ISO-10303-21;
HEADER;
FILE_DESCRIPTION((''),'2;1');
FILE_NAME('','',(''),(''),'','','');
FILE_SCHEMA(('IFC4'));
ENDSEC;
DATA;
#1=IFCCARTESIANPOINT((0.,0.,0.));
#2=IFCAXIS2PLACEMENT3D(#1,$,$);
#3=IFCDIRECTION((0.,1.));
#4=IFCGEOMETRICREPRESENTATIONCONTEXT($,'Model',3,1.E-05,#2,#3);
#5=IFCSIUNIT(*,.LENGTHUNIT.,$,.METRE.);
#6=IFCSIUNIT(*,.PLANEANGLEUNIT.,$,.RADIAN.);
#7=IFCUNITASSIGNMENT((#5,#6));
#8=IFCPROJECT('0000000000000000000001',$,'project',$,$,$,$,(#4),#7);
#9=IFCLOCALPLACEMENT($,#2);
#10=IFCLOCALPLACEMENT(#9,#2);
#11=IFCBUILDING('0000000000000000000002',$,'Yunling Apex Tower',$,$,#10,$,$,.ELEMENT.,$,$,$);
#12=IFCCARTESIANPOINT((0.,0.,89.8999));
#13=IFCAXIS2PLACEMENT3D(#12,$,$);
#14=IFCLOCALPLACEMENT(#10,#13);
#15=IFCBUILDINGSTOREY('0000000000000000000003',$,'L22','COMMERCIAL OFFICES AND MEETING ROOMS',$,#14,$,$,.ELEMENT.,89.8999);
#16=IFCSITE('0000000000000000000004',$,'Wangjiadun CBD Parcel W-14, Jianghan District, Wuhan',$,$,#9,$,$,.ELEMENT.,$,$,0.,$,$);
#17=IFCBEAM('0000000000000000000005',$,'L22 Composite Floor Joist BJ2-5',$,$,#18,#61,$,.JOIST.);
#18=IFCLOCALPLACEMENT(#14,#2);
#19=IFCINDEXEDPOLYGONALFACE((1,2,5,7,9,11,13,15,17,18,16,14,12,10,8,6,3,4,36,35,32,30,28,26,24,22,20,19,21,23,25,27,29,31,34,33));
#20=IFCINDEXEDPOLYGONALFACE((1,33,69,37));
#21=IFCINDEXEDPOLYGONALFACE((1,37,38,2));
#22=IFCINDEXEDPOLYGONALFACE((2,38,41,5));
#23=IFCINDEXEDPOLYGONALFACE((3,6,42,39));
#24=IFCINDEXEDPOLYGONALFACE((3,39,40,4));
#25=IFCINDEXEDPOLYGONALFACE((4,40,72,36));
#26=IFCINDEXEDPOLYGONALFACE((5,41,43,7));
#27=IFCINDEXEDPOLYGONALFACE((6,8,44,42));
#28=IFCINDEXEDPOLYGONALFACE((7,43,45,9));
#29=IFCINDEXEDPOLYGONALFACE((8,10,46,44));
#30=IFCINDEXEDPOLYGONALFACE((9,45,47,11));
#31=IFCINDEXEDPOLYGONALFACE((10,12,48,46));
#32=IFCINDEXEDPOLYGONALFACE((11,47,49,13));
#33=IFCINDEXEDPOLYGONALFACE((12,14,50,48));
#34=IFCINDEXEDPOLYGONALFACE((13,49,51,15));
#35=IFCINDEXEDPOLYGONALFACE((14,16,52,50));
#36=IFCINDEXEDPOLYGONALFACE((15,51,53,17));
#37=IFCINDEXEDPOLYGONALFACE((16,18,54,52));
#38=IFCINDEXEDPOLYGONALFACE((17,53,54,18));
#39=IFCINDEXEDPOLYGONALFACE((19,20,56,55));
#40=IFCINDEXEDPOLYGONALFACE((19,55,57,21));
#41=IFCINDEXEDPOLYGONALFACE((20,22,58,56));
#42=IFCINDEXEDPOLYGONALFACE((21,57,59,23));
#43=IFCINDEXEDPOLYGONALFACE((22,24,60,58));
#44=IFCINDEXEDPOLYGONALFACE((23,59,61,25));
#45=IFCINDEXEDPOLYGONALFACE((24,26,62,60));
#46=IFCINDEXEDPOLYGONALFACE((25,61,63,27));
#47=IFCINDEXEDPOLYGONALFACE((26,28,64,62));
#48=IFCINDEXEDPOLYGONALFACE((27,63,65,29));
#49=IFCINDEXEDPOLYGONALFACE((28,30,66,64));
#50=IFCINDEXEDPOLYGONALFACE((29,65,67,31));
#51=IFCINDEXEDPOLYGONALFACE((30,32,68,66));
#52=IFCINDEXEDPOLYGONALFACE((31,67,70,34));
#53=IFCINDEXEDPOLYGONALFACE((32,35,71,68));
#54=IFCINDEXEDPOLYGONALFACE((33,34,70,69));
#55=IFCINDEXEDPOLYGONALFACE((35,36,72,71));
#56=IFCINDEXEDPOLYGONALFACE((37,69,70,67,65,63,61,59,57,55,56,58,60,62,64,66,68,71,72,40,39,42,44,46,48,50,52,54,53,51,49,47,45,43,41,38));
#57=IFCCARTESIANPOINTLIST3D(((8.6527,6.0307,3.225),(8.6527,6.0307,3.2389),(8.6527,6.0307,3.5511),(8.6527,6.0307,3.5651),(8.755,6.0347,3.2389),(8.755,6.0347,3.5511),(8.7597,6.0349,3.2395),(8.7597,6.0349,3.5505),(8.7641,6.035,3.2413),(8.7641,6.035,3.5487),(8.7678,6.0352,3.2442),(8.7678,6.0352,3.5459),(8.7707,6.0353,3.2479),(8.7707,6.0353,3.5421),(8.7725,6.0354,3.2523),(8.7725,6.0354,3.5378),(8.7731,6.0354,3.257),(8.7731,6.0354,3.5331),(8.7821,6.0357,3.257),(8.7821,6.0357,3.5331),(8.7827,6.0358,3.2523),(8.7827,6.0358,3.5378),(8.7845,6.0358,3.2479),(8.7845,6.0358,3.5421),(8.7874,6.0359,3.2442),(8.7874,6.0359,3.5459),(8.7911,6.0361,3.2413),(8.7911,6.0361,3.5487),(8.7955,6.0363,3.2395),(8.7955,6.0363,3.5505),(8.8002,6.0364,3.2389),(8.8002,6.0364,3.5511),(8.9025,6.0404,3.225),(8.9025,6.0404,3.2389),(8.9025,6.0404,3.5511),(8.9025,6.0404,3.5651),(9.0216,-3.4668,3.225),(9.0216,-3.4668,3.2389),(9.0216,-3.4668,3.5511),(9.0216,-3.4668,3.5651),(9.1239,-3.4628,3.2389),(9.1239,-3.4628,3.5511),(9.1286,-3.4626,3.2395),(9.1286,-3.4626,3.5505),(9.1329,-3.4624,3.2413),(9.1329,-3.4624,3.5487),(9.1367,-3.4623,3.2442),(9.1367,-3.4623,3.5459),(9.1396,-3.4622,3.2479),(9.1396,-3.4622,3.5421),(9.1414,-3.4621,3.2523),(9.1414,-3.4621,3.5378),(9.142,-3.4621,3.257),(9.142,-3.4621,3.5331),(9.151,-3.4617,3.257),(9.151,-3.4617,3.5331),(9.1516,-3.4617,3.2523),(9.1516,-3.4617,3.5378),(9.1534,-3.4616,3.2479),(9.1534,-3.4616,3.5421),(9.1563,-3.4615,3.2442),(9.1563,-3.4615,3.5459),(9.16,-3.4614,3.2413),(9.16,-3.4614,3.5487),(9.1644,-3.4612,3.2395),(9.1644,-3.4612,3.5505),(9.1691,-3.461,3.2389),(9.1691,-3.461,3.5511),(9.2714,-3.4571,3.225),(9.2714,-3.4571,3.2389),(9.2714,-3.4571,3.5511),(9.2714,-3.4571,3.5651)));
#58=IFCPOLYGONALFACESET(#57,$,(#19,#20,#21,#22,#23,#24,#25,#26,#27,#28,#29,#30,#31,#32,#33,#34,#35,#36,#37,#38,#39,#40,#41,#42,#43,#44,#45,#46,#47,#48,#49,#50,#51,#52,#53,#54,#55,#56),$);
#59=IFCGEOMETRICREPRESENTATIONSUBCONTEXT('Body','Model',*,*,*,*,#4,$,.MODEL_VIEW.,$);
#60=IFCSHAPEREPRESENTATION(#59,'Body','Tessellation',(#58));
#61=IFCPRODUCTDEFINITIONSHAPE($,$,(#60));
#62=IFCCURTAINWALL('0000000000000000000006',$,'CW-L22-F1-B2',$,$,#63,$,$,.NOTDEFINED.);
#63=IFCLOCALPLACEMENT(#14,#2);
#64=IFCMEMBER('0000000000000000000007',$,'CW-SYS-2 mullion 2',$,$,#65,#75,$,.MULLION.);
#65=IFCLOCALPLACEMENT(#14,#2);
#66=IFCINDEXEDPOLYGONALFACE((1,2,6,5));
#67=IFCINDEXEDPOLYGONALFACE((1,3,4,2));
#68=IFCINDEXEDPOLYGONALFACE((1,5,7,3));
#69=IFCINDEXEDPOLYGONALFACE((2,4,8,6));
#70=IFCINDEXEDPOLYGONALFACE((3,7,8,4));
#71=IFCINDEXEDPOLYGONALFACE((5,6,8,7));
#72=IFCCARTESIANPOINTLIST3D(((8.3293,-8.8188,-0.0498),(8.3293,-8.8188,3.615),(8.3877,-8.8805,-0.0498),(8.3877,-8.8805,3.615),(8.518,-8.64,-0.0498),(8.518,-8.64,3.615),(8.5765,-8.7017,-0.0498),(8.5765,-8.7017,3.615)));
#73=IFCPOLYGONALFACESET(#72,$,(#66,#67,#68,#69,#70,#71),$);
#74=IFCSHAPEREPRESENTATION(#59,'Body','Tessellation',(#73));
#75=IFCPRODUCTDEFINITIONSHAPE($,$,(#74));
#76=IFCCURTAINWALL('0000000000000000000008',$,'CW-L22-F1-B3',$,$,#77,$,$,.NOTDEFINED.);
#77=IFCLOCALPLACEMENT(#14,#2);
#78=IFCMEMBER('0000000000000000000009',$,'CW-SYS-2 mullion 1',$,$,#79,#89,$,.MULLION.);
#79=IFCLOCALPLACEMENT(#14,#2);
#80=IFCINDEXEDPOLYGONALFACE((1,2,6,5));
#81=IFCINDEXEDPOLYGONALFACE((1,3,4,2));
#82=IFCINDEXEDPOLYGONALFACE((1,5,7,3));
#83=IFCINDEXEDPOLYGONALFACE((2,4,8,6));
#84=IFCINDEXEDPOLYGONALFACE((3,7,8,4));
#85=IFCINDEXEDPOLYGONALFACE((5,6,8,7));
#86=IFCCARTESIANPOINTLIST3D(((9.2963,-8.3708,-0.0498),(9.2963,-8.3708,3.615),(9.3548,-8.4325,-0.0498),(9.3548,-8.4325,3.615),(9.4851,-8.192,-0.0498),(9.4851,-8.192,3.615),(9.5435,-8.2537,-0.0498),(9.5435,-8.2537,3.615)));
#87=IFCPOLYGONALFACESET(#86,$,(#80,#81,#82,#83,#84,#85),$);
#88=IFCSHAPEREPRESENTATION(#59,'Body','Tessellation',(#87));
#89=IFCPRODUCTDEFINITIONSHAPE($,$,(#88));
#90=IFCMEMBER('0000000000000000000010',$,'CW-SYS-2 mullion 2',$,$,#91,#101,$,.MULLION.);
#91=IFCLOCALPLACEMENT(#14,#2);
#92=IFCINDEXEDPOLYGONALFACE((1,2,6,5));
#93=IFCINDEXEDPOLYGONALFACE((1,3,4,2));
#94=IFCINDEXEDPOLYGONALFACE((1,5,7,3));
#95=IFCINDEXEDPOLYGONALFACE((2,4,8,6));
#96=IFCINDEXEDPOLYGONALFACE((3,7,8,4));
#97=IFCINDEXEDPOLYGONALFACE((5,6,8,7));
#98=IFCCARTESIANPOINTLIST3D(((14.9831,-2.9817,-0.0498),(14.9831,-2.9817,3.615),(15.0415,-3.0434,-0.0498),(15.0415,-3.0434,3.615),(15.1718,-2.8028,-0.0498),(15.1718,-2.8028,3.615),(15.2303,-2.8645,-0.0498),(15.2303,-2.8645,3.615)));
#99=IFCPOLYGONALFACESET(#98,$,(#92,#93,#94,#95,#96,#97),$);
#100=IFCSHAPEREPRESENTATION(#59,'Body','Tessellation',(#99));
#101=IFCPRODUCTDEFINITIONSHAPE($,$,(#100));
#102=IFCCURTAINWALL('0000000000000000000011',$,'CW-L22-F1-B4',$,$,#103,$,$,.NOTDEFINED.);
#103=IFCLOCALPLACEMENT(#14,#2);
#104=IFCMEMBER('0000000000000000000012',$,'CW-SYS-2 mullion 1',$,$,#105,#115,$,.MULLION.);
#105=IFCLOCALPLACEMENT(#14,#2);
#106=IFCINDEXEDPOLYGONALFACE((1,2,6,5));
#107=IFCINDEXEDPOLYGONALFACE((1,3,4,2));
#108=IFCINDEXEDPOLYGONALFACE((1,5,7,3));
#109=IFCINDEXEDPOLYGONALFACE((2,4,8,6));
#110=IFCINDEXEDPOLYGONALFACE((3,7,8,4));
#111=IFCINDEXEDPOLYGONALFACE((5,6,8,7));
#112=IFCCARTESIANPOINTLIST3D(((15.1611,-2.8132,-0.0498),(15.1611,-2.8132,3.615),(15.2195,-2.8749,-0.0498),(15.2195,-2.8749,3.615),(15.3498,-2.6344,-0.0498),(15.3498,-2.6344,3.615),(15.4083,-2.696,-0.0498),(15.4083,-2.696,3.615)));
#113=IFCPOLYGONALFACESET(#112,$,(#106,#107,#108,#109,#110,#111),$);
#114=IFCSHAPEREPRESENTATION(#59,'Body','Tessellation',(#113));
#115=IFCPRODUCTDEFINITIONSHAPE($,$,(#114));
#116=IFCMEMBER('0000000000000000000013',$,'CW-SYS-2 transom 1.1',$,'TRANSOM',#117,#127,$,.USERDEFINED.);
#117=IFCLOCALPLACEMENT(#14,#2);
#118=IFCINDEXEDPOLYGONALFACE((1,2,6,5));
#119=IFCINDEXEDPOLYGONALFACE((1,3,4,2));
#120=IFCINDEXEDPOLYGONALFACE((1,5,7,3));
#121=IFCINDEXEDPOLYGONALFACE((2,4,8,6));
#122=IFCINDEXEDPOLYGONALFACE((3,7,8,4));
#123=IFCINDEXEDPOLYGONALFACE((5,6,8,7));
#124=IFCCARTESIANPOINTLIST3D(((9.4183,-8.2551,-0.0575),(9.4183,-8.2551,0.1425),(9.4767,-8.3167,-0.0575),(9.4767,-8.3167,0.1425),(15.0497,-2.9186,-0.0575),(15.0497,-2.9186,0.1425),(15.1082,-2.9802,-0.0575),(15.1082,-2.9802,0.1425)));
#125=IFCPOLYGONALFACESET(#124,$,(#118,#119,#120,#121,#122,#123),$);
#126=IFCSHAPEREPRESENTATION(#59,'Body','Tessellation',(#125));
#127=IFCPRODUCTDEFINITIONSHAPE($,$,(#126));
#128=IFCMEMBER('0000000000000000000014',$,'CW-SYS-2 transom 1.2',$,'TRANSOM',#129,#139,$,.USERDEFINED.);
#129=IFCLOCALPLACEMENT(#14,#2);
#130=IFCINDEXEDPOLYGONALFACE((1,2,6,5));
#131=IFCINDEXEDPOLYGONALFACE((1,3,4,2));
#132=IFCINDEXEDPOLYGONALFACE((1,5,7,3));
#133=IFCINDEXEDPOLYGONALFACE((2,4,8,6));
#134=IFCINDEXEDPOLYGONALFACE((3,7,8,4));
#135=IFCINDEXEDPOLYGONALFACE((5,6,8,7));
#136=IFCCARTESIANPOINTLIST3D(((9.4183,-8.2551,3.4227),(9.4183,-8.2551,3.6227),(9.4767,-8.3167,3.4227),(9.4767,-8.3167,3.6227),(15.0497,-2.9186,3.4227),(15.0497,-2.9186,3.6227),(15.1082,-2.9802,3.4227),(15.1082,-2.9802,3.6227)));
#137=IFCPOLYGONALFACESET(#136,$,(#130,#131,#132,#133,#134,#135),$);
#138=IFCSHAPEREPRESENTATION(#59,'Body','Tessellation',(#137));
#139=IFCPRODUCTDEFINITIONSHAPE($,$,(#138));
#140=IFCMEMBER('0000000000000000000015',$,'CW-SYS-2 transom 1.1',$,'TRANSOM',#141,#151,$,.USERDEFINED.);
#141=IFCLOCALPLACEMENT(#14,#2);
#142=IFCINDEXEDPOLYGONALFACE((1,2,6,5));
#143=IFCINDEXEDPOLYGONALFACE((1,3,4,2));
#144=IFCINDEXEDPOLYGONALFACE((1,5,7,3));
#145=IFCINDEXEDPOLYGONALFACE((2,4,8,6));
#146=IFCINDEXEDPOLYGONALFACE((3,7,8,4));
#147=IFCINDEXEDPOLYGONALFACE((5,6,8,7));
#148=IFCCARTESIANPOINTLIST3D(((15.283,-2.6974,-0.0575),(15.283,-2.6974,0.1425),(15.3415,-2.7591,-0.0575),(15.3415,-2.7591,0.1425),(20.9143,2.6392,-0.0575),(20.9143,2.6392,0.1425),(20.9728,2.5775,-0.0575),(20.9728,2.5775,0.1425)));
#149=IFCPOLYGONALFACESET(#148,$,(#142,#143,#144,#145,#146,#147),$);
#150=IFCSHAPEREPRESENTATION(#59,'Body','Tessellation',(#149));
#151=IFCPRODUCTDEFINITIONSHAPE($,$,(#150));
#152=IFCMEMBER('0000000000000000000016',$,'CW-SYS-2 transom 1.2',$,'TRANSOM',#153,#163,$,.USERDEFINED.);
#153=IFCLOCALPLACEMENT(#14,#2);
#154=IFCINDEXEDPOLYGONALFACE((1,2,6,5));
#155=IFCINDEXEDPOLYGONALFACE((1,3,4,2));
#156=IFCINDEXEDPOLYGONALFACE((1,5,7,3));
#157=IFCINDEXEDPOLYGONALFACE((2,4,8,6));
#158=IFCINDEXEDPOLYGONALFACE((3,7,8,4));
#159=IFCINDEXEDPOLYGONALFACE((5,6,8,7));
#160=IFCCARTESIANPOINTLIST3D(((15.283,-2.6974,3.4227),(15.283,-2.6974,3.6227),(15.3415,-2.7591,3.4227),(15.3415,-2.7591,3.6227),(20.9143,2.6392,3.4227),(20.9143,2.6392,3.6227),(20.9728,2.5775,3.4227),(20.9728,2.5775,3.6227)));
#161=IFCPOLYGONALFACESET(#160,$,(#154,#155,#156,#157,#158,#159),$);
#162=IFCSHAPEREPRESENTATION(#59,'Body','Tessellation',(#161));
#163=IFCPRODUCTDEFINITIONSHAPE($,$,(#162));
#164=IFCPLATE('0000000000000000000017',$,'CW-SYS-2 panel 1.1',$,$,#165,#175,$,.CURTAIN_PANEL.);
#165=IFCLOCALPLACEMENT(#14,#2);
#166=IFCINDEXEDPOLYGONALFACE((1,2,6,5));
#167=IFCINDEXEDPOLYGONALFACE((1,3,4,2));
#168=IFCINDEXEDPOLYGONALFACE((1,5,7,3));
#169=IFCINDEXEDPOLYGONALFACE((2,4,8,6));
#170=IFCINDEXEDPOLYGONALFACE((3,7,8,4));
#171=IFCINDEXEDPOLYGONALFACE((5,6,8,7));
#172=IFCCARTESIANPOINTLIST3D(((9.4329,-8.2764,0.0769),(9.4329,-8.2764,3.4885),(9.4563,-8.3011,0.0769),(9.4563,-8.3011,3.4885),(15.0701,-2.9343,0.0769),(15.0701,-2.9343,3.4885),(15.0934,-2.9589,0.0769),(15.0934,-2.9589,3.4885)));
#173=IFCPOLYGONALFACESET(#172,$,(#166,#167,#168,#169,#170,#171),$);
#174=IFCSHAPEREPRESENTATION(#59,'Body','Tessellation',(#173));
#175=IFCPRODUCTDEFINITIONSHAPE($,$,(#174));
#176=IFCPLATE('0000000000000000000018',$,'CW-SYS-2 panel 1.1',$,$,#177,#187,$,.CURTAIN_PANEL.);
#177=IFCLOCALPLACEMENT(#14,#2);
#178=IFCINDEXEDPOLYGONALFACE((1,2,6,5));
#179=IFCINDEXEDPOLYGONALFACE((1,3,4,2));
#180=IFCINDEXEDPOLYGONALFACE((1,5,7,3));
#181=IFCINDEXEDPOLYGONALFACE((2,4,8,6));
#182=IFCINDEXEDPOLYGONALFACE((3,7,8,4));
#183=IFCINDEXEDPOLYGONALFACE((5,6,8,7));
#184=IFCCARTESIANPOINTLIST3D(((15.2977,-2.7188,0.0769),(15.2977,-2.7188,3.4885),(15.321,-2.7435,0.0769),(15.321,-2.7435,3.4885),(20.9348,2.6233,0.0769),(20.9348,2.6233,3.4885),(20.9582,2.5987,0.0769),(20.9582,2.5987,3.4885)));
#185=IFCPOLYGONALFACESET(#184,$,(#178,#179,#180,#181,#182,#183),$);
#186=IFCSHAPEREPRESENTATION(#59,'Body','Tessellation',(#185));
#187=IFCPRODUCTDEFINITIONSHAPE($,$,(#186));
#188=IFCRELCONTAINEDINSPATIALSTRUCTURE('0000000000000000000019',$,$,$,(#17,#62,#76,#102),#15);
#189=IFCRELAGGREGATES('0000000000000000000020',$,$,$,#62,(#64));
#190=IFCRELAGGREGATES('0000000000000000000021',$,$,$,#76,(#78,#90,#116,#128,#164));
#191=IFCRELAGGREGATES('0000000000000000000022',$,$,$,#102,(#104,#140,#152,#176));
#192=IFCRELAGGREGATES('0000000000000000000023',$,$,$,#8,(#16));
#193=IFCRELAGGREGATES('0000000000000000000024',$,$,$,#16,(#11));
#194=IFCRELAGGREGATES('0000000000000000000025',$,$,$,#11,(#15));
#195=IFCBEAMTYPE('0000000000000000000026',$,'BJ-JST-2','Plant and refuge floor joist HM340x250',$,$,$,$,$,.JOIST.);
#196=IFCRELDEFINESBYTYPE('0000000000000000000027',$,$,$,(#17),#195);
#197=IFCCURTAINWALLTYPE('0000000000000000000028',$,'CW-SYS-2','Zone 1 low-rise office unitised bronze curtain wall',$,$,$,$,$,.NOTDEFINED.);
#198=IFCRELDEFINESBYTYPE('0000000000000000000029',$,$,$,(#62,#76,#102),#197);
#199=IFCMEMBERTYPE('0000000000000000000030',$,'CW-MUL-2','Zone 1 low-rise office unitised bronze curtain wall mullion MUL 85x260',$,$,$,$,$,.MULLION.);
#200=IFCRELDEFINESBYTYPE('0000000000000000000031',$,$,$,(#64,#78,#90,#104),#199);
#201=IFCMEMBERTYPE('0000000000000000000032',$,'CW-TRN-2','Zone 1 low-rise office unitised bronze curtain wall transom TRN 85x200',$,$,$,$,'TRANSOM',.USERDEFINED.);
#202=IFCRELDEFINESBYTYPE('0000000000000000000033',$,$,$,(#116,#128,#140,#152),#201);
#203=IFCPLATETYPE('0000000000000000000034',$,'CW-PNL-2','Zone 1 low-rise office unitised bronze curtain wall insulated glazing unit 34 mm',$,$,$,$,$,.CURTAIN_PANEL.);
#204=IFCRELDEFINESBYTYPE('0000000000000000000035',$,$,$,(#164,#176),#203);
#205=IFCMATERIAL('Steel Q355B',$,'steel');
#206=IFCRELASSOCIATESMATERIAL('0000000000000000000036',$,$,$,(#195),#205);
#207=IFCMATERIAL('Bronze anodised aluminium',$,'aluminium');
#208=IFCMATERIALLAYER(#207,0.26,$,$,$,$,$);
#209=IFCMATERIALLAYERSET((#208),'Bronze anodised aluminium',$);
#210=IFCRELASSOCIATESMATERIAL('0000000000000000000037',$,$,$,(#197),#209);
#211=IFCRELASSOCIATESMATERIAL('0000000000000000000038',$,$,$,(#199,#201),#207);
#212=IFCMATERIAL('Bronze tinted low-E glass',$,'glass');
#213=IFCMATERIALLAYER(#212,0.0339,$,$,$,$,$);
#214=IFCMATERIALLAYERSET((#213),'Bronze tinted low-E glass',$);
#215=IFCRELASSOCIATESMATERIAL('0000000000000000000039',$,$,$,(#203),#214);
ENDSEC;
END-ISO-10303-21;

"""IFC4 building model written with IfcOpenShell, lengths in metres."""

from ifc_helpers import new_model, si_unit, direction, frame, origin, origin_2d, place, context, subcontext, project, spatial, rectangle, i_section, extrude, source, transform, mapped, material, layer, layer_set, material_profile, profile_set, type_object, element, aggregate, save


model = new_model("IFC4")

# Units and contexts
model_context = context("Model", 3, precision=1e-05, world=origin(), true_north=direction((0.0, 1.0)))
body_context = subcontext(model_context, "Body", "Model", "MODEL_VIEW")
ifc_project = project(units=[si_unit("LENGTHUNIT", "METRE"), si_unit("PLANEANGLEUNIT", "RADIAN")], contexts=[model_context])

# Site, building, storey
site_placement = place(None, origin())
site = spatial("IfcSite", under=ifc_project, at=site_placement, Name="Wangjiadun CBD Parcel W-14, Jianghan District, Wuhan", CompositionType="ELEMENT", RefElevation=0.0)
building_placement = place(site_placement, origin())
building = spatial("IfcBuilding", under=site, at=building_placement, Name="Yunling Apex Tower", CompositionType="ELEMENT")
storey_placement = place(building_placement, frame((0.0, 0.0, 89.8999)))
storey = spatial("IfcBuildingStorey", under=building, at=storey_placement, Name="L22", Description="COMMERCIAL OFFICES AND MEETING ROOMS", CompositionType="ELEMENT", Elevation=89.8999)

# Beam
ifc_material_1 = material(Name="Steel Q355B", Category="steel")
ifc_material_profile_1 = material_profile(ifc_material_1, i_section(OverallWidth=0.25, OverallDepth=0.3401, WebThickness=0.009, FlangeThickness=0.0139, FilletRadius=0.0181, at=origin_2d()))
ifc_profile_set_1 = profile_set([ifc_material_profile_1], Name="Steel Q355B")
beam_type_1 = type_object("IfcBeamType", Name="BJ-JST-2", Description="Plant and refuge floor joist HM340x250", PredefinedType="JOIST", material=ifc_profile_set_1)
shared_shape_1 = source(origin(), body_context, "Body", "SweptSolid", [
    extrude(i_section(OverallWidth=0.25, OverallDepth=0.3401, WebThickness=0.009, FlangeThickness=0.0139, FilletRadius=0.0181, at=origin_2d()), origin(), (0.0, 0.0, 1.0), 9.5046),
])
beam_1_placement = place(storey_placement, frame((9.1465, -3.4619, 3.395), z_axis=(-0.038812, 0.999247, 0.0), x_axis=(-0.999247, -0.038812, 0.0)))
element("IfcBeam", 1, at=beam_1_placement, inside=storey, type_object=beam_type_1, Name="L22 Composite Floor Joist BJ2-5", PredefinedType="JOIST", context=body_context, shape_type="MappedRepresentation", body=[
    mapped(shared_shape_1, transform((0.0, 0.0, 0.0), scale=1.0)),
])

# Curtain wall, member
ifc_material_2 = material(Name="Bronze anodised aluminium", Category="aluminium")
ifc_layer_1 = layer(ifc_material_2, 0.26)
ifc_layer_set_1 = layer_set([ifc_layer_1], Name="Bronze anodised aluminium")
curtain_wall_type = type_object("IfcCurtainWallType", Name="CW-SYS-2", Description="Zone 1 low-rise office unitised bronze curtain wall", PredefinedType="NOTDEFINED", material=ifc_layer_set_1)
curtain_wall_1_placement = place(storey_placement, origin())
curtain_wall_1 = element("IfcCurtainWall", 2, at=curtain_wall_1_placement, inside=storey, type_object=curtain_wall_type, Name="CW-L22-F1-B2", PredefinedType="NOTDEFINED")
ifc_material_profile_2 = material_profile(ifc_material_2, rectangle(XDim=0.085, YDim=0.26, at=origin_2d()))
ifc_profile_set_2 = profile_set([ifc_material_profile_2], Name="Bronze anodised aluminium")
member_type_1 = type_object("IfcMemberType", Name="CW-MUL-2", Description="Zone 1 low-rise office unitised bronze curtain wall mullion MUL 85x260", PredefinedType="MULLION", material=ifc_profile_set_2)
shared_shape_2 = source(origin(), body_context, "Body", "SweptSolid", [
    extrude(rectangle(XDim=0.085, YDim=0.26, at=origin_2d()), origin(), (0.0, 0.0, 1.0), 3.6648),
])
member_1_placement = place(storey_placement, frame((8.4529, -8.7603, -0.0498), z_axis=(0.0, 0.0, 1.0), x_axis=(-0.687844, 0.725858, 0.0)))
member_1 = element("IfcMember", 3, at=member_1_placement, type_object=member_type_1, Name="CW-SYS-2 mullion 2", PredefinedType="MULLION", context=body_context, shape_type="MappedRepresentation", body=[
    mapped(shared_shape_2, transform((0.0, 0.0, 0.0), scale=1.0)),
])
aggregate(curtain_wall_1, [member_1])

# Curtain wall, members
curtain_wall_2_placement = place(storey_placement, origin())
curtain_wall_2 = element("IfcCurtainWall", 4, at=curtain_wall_2_placement, inside=storey, type_object=curtain_wall_type, Name="CW-L22-F1-B3", PredefinedType="NOTDEFINED")
member_2_placement = place(storey_placement, frame((9.4199, -8.3123, -0.0498), z_axis=(0.0, 0.0, 1.0), x_axis=(-0.687861, 0.725842, 0.0)))
member_2 = element("IfcMember", 5, at=member_2_placement, type_object=member_type_1, Name="CW-SYS-2 mullion 1", PredefinedType="MULLION", context=body_context, shape_type="MappedRepresentation", body=[
    mapped(shared_shape_2, transform((0.0, 0.0, 0.0), scale=1.0)),
])
member_3_placement = place(storey_placement, frame((15.1067, -2.9231, -0.0498), z_axis=(0.0, 0.0, 1.0), x_axis=(-0.687861, 0.725842, 0.0)))
member_3 = element("IfcMember", 6, at=member_3_placement, type_object=member_type_1, Name="CW-SYS-2 mullion 2", PredefinedType="MULLION", context=body_context, shape_type="MappedRepresentation", body=[
    mapped(shared_shape_2, transform((0.0, 0.0, 0.0), scale=1.0)),
])

# Curtain wall, member
curtain_wall_3_placement = place(storey_placement, origin())
curtain_wall_3 = element("IfcCurtainWall", 7, at=curtain_wall_3_placement, inside=storey, type_object=curtain_wall_type, Name="CW-L22-F1-B4", PredefinedType="NOTDEFINED")
member_4_placement = place(storey_placement, frame((15.2847, -2.7546, -0.0498), z_axis=(0.0, 0.0, 1.0), x_axis=(-0.687861, 0.725842, 0.0)))
member_4 = element("IfcMember", 8, at=member_4_placement, type_object=member_type_1, Name="CW-SYS-2 mullion 1", PredefinedType="MULLION", context=body_context, shape_type="MappedRepresentation", body=[
    mapped(shared_shape_2, transform((0.0, 0.0, 0.0), scale=1.0)),
])

# Members
ifc_material_profile_3 = material_profile(ifc_material_2, rectangle(XDim=0.085, YDim=0.2, at=origin_2d()))
ifc_profile_set_3 = profile_set([ifc_material_profile_3], Name="Bronze anodised aluminium")
member_type_2 = type_object("IfcMemberType", Name="CW-TRN-2", Description="Zone 1 low-rise office unitised bronze curtain wall transom TRN 85x200", ElementType="TRANSOM", PredefinedType="USERDEFINED", material=ifc_profile_set_3)
shared_shape_3 = source(origin(), body_context, "Body", "SweptSolid", [
    extrude(rectangle(XDim=0.085, YDim=0.2, at=origin_2d()), origin(), (0.0, 0.0, 1.0), 7.7583),
])
member_5_placement = place(storey_placement, frame((9.4475, -8.2859, 0.0425), z_axis=(0.725858, 0.687844, 0.0), x_axis=(-0.687844, 0.725858, 0.0)))
member_5 = element("IfcMember", 9, at=member_5_placement, type_object=member_type_2, Name="CW-SYS-2 transom 1.1", ObjectType="TRANSOM", PredefinedType="USERDEFINED", context=body_context, shape_type="MappedRepresentation", body=[
    mapped(shared_shape_3, transform((0.0, 0.0, 0.0), scale=1.0)),
])
member_6_placement = place(storey_placement, frame((9.4475, -8.2859, 3.5227), z_axis=(0.725858, 0.687844, 0.0), x_axis=(-0.687844, 0.725858, 0.0)))
member_6 = element("IfcMember", 10, at=member_6_placement, type_object=member_type_2, Name="CW-SYS-2 transom 1.2", ObjectType="TRANSOM", PredefinedType="USERDEFINED", context=body_context, shape_type="MappedRepresentation", body=[
    mapped(shared_shape_3, transform((0.0, 0.0, 0.0), scale=1.0)),
])
member_7_placement = place(storey_placement, frame((15.3123, -2.7283, 0.0425), z_axis=(0.725843, 0.687861, 0.0), x_axis=(-0.687861, 0.725843, 0.0)))
member_7 = element("IfcMember", 11, at=member_7_placement, type_object=member_type_2, Name="CW-SYS-2 transom 1.1", ObjectType="TRANSOM", PredefinedType="USERDEFINED", context=body_context, shape_type="MappedRepresentation", body=[
    mapped(shared_shape_3, transform((0.0, 0.0, 0.0), scale=1.0)),
])
member_8_placement = place(storey_placement, frame((15.3123, -2.7283, 3.5227), z_axis=(0.725843, 0.687861, 0.0), x_axis=(-0.687861, 0.725843, 0.0)))
member_8 = element("IfcMember", 12, at=member_8_placement, type_object=member_type_2, Name="CW-SYS-2 transom 1.2", ObjectType="TRANSOM", PredefinedType="USERDEFINED", context=body_context, shape_type="MappedRepresentation", body=[
    mapped(shared_shape_3, transform((0.0, 0.0, 0.0), scale=1.0)),
])

# Plates
ifc_material_3 = material(Name="Bronze tinted low-E glass", Category="glass")
ifc_layer_2 = layer(ifc_material_3, 0.0339)
ifc_layer_set_2 = layer_set([ifc_layer_2], Name="Bronze tinted low-E glass")
plate_type = type_object("IfcPlateType", Name="CW-PNL-2", Description="Zone 1 low-rise office unitised bronze curtain wall insulated glazing unit 34 mm", PredefinedType="CURTAIN_PANEL", material=ifc_layer_set_2)
shared_shape_4 = source(origin(), body_context, "Body", "SweptSolid", [
    extrude(rectangle(XDim=7.7664, YDim=0.0339, at=origin_2d()), origin(), (0.0, 0.0, 1.0), 3.4116),
])
plate_1_placement = place(storey_placement, frame((12.2632, -5.6177, 0.0769), z_axis=(0.0, 0.0, 1.0), x_axis=(0.725842, 0.687861, 0.0)))
plate_1 = element("IfcPlate", 13, at=plate_1_placement, type_object=plate_type, Name="CW-SYS-2 panel 1.1", PredefinedType="CURTAIN_PANEL", context=body_context, shape_type="MappedRepresentation", body=[
    mapped(shared_shape_4, transform((0.0, 0.0, 0.0), scale=1.0)),
])
aggregate(curtain_wall_2, [member_2, member_3, member_5, member_6, plate_1])
plate_2_placement = place(storey_placement, frame((18.1279, -0.0601, 0.0769), z_axis=(0.0, 0.0, 1.0), x_axis=(0.725842, 0.687861, 0.0)))
plate_2 = element("IfcPlate", 14, at=plate_2_placement, type_object=plate_type, Name="CW-SYS-2 panel 1.1", PredefinedType="CURTAIN_PANEL", context=body_context, shape_type="MappedRepresentation", body=[
    mapped(shared_shape_4, transform((0.0, 0.0, 0.0), scale=1.0)),
])
aggregate(curtain_wall_3, [member_4, member_7, member_8, plate_2])

save(model, "model.ifc")
